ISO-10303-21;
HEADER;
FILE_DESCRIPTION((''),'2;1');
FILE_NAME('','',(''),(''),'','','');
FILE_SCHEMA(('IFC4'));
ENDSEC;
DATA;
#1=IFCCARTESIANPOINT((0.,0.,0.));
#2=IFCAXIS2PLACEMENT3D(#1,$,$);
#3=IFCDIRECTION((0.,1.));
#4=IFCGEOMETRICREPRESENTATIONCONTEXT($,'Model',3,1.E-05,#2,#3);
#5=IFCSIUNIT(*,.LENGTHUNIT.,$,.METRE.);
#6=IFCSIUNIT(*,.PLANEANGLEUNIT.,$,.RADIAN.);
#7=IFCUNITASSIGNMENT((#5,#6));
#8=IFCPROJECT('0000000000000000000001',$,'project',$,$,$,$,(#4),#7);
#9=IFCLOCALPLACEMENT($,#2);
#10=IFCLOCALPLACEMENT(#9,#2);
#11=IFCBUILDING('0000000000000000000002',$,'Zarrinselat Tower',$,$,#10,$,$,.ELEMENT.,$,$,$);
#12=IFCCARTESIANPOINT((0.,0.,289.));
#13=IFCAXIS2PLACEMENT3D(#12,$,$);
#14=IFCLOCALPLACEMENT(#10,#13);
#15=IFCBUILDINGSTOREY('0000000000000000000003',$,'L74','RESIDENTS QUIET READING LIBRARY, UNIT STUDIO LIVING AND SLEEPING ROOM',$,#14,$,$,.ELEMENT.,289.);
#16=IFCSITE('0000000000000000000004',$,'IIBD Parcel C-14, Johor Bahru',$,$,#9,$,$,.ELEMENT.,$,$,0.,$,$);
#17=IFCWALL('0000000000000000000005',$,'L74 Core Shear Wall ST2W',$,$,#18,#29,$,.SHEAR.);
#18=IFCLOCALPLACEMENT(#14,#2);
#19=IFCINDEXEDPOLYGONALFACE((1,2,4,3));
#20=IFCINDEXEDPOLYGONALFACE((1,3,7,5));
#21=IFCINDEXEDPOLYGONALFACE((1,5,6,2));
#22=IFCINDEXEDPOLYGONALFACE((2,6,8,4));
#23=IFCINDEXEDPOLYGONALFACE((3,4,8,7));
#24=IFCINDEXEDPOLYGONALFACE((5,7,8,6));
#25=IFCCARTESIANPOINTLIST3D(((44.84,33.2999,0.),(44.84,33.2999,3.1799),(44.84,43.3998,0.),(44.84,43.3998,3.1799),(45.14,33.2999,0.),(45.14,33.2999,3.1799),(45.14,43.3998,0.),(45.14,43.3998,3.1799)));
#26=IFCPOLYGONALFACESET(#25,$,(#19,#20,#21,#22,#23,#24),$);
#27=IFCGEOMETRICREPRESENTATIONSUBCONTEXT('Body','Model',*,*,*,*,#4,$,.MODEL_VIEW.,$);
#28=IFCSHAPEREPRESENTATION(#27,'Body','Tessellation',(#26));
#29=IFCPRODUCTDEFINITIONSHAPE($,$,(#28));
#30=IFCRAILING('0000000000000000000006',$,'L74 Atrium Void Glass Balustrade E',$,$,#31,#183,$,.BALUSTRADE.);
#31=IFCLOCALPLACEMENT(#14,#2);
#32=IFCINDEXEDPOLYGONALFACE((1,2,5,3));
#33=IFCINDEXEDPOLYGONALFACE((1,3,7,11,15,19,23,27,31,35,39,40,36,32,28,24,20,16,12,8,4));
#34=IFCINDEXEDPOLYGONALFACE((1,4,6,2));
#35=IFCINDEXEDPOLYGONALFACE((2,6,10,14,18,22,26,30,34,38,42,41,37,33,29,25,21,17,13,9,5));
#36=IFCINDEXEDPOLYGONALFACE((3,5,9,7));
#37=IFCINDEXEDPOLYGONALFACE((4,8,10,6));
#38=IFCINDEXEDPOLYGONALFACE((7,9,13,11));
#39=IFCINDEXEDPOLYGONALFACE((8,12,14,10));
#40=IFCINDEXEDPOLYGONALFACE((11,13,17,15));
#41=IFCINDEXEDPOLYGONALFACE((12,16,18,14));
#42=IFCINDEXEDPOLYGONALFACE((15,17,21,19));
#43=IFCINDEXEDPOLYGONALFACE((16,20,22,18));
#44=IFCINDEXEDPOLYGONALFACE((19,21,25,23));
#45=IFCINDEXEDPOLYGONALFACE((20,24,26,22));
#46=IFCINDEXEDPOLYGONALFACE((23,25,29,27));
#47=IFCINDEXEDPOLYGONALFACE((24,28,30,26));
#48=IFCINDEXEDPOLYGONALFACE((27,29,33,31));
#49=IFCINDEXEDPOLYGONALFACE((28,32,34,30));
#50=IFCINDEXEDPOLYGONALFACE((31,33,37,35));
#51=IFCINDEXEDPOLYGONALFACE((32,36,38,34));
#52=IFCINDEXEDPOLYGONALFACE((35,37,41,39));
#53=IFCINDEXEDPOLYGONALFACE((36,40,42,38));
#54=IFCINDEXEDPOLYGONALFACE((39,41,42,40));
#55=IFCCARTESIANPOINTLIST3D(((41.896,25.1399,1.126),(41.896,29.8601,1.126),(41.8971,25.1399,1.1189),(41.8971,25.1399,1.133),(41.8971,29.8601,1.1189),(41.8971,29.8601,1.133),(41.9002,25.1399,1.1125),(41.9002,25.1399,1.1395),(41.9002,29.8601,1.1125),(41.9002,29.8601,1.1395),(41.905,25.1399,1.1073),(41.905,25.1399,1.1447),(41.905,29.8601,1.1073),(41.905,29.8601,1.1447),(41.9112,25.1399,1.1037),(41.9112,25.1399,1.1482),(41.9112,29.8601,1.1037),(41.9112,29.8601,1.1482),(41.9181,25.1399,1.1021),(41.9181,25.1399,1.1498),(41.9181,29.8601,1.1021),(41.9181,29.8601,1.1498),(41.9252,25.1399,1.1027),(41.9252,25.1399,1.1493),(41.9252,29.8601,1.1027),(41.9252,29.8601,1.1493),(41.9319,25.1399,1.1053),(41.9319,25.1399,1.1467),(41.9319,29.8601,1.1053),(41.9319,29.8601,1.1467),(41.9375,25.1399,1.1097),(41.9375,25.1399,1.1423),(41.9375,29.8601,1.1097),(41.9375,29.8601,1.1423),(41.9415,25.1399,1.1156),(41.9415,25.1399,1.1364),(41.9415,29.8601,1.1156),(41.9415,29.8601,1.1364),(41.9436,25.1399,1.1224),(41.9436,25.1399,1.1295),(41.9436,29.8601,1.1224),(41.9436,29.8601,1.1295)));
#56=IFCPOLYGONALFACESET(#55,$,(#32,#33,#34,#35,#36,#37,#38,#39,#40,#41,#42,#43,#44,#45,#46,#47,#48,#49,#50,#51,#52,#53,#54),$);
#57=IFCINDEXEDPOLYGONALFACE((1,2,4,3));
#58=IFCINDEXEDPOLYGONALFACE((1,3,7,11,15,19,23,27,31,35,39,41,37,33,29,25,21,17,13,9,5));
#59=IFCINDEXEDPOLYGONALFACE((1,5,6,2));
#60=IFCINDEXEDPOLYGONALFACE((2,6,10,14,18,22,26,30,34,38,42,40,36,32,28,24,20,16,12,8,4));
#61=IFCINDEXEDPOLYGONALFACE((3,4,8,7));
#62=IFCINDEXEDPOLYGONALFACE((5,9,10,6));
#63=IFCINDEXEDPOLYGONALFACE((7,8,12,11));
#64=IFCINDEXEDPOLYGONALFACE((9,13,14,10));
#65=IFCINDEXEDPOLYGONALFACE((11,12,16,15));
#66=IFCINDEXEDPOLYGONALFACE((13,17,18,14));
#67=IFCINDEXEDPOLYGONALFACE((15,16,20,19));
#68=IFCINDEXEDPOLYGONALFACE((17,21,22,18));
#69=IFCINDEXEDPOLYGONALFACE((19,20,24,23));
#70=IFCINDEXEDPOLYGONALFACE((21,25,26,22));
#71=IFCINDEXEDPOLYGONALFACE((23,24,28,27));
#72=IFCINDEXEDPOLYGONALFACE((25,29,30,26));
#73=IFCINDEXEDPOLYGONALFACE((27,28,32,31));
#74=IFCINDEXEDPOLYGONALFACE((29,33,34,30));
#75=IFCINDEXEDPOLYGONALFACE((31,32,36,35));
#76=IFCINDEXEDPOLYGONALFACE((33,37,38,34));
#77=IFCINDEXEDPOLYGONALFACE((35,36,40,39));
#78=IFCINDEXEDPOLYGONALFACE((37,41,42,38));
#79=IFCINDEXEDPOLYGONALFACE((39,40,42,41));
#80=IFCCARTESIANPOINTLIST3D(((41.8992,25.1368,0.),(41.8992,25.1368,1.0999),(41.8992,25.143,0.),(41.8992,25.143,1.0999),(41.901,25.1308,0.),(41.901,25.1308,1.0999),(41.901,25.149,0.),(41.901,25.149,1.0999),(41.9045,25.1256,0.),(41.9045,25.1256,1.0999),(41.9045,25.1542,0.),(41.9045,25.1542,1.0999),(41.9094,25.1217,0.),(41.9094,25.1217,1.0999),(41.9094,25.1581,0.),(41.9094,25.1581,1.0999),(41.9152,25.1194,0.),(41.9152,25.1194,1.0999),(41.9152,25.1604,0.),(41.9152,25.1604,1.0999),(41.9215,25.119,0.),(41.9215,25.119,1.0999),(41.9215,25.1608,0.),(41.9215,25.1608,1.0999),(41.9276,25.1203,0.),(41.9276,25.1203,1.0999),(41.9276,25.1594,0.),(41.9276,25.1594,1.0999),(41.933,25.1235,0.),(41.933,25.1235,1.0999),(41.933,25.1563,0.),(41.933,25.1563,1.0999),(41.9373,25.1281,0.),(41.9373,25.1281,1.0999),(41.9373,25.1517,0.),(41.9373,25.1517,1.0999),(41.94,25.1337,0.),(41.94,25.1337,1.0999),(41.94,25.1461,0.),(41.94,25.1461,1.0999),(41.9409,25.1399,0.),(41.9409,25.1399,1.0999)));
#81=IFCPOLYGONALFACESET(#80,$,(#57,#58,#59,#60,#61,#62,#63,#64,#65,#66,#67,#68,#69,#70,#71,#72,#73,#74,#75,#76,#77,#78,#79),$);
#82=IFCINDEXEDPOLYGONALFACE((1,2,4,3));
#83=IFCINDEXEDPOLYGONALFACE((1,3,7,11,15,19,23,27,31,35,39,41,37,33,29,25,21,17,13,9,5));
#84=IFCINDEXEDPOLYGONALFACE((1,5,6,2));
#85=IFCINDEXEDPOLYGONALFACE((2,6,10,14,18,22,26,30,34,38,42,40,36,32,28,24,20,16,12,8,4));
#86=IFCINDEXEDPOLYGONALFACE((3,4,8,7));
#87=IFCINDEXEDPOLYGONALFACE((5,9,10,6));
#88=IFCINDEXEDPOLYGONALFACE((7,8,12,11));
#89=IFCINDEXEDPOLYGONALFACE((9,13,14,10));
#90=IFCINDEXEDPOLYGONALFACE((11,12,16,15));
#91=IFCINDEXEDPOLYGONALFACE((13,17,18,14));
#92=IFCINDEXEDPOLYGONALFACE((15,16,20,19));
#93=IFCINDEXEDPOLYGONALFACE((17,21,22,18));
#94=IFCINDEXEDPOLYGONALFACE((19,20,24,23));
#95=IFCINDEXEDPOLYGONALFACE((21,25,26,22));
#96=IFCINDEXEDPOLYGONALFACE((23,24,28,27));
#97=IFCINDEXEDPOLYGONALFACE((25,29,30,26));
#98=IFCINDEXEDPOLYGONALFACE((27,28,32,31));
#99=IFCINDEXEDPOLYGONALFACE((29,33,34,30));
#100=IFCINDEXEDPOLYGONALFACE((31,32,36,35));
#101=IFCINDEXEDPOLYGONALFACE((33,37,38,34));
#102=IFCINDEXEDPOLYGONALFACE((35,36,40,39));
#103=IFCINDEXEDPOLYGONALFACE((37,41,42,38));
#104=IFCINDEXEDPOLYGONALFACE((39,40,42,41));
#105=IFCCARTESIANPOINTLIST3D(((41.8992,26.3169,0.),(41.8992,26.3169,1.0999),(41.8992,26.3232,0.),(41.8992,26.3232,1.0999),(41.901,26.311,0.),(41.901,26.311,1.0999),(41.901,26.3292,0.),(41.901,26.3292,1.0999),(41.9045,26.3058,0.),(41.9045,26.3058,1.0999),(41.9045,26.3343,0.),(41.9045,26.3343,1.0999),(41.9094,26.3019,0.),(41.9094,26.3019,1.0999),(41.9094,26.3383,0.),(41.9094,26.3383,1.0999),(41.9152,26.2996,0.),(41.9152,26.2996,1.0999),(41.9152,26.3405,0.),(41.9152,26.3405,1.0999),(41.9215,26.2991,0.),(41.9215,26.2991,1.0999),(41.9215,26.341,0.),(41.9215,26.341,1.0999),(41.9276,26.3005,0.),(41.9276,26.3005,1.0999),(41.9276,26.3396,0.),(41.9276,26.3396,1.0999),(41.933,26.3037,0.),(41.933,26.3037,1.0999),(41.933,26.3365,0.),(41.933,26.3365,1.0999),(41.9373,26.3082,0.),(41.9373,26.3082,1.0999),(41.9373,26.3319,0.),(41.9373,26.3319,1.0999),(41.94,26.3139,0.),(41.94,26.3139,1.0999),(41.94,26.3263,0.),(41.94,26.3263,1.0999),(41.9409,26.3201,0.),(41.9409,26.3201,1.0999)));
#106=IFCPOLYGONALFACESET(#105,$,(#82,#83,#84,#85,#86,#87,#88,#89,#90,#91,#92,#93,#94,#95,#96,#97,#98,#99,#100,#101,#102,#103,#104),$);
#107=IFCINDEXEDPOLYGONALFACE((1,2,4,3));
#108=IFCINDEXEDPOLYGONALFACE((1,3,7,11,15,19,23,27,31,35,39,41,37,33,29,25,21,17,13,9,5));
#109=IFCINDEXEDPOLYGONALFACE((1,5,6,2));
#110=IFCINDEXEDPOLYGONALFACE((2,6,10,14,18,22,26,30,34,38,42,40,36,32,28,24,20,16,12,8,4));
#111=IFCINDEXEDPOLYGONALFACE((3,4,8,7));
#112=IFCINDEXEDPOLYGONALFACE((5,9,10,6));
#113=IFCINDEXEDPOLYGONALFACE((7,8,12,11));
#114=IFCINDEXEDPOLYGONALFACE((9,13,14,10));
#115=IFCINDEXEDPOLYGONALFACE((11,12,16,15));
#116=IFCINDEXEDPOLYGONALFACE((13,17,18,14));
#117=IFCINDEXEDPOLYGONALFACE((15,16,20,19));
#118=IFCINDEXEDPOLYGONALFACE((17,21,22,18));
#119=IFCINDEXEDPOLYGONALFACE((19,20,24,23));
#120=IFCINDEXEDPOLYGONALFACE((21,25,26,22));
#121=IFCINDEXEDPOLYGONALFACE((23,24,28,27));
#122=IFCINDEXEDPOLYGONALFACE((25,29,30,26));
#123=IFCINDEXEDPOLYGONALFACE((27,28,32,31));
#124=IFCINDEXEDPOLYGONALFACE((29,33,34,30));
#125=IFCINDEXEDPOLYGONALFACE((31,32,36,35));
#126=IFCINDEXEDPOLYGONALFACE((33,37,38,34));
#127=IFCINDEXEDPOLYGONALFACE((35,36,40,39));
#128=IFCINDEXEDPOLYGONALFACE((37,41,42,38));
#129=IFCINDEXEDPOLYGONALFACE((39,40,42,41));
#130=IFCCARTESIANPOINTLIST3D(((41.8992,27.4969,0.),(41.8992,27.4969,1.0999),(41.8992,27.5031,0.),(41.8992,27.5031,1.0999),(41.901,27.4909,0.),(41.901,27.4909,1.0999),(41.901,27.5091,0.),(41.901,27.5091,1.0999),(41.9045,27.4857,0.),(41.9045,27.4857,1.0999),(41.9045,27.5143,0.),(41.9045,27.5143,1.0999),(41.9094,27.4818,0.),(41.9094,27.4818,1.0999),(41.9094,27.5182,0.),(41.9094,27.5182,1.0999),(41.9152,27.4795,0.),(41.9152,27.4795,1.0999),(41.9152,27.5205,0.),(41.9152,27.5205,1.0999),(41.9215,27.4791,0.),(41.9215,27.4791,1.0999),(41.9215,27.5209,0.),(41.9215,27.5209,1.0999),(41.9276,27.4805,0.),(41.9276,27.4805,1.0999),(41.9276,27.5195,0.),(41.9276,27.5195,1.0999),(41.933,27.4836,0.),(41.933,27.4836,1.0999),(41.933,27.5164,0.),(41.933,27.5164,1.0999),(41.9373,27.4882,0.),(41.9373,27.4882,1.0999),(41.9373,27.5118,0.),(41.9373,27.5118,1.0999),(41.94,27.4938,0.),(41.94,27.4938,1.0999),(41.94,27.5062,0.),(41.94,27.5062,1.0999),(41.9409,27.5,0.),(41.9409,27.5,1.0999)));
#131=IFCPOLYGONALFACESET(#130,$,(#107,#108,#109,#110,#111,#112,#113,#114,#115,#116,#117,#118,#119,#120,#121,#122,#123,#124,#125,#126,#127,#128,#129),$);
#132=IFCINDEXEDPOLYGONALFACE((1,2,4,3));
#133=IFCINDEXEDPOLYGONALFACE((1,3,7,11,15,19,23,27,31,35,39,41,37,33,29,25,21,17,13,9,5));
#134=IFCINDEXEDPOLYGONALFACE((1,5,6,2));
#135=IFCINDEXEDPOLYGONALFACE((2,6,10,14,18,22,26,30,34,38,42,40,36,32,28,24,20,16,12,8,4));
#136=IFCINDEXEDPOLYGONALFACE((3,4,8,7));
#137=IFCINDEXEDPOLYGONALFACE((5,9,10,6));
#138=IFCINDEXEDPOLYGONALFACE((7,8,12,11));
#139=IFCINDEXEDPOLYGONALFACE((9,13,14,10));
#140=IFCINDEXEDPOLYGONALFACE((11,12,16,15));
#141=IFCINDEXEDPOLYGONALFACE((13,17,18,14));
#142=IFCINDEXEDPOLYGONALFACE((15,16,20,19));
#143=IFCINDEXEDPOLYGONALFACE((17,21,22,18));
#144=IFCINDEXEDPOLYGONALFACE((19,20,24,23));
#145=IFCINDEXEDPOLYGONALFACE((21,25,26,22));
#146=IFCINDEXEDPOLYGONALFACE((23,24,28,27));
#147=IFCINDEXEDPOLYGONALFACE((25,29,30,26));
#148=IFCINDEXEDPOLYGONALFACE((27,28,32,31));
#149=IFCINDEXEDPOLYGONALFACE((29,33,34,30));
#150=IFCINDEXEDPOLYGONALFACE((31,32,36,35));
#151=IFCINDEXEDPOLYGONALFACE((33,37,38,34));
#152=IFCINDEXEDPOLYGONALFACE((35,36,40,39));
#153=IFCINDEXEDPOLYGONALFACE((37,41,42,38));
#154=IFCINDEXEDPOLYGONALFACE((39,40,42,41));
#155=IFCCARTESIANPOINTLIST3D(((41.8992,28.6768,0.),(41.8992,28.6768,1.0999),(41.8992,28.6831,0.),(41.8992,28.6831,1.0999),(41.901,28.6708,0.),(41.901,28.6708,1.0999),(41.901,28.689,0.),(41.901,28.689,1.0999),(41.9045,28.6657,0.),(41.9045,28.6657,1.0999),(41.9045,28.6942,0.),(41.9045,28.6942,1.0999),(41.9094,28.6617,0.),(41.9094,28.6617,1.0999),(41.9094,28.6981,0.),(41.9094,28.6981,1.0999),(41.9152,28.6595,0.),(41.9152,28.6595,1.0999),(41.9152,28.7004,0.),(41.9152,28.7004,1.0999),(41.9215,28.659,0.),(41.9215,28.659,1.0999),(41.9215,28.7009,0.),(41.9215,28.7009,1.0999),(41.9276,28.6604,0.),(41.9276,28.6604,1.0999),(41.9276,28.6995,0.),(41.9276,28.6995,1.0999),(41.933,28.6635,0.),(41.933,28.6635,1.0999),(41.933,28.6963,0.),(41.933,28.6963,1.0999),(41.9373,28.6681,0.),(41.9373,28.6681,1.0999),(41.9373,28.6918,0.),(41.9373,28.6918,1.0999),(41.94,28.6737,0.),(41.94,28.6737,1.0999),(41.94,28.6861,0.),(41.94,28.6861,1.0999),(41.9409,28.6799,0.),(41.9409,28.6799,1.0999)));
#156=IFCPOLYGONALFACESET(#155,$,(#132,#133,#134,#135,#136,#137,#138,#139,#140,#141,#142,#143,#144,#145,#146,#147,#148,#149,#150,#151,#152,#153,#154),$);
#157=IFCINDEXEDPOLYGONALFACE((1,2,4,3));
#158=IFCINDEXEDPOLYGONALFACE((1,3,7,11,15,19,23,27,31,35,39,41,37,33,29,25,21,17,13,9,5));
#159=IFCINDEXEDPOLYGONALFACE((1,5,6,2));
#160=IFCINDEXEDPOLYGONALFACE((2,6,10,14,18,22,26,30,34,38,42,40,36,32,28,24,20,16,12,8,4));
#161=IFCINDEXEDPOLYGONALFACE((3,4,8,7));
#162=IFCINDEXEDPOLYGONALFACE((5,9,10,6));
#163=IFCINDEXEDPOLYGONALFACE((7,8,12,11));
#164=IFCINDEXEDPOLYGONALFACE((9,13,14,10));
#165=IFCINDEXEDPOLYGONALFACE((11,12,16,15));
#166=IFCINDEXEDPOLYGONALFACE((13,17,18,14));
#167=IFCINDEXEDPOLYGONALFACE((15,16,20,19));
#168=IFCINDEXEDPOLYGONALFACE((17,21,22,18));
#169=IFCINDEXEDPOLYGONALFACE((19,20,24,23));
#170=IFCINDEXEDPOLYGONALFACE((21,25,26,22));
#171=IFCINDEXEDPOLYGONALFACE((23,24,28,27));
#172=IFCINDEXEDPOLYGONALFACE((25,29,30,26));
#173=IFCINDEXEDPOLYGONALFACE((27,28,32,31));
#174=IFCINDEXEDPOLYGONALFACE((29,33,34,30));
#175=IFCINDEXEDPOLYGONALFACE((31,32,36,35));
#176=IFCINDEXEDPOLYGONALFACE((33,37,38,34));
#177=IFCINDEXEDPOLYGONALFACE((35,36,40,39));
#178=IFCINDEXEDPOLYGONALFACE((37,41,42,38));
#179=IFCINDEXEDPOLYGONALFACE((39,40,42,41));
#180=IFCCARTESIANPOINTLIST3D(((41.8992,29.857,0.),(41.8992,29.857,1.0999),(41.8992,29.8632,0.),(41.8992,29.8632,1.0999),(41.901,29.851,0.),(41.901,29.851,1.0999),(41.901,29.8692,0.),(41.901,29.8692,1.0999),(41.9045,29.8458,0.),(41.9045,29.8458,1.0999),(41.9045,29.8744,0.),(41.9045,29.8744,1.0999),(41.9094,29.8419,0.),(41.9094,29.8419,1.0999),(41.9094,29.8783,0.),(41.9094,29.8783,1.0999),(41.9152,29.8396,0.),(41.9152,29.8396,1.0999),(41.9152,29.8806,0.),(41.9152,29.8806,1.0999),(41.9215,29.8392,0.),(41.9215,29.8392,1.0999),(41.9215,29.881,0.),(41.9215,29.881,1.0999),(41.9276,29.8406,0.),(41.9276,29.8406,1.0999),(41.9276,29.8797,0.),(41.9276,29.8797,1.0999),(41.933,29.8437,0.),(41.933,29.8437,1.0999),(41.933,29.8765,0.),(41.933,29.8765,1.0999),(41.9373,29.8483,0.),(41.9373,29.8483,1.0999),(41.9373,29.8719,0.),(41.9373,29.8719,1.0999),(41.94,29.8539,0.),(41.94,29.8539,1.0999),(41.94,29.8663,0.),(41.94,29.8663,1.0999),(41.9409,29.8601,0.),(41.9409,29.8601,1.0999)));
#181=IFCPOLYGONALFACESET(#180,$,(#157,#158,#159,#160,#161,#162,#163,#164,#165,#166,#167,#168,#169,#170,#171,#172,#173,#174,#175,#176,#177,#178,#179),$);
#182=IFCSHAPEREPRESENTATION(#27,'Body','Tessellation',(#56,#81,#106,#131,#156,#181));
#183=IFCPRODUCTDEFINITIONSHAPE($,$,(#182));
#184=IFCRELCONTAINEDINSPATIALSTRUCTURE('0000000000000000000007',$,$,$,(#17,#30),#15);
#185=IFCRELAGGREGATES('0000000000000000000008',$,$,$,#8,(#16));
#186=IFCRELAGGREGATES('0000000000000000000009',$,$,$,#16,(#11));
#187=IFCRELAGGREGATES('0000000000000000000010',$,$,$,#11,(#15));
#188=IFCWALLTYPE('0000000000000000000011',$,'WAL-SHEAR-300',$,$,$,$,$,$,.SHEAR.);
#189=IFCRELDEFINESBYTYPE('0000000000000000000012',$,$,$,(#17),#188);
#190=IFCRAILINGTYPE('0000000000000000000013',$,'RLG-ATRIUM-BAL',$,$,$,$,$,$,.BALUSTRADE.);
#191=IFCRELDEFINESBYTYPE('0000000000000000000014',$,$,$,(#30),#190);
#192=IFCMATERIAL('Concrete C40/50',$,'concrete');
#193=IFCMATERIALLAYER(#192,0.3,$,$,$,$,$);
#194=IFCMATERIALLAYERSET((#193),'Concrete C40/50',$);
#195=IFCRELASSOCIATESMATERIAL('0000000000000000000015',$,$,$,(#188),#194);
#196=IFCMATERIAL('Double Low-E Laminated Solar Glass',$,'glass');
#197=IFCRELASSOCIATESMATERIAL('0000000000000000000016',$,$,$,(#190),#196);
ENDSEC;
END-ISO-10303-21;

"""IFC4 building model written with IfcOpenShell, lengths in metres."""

from ifc_helpers import new_model, si_unit, direction, frame, frame_2d, origin, origin_2d, place, context, subcontext, project, spatial, rectangle, circle, extrude, material, layer, layer_set, type_object, element, save


model = new_model("IFC4")

# Units and contexts
model_context = context("Model", 3, precision=1e-05, world=origin(), true_north=direction((0.0, 1.0)))
body_context = subcontext(model_context, "Body", "Model", "MODEL_VIEW")
ifc_project = project(units=[si_unit("LENGTHUNIT", "METRE"), si_unit("PLANEANGLEUNIT", "RADIAN")], contexts=[model_context])

# Site, building, storey
site_placement = place(None, origin())
site = spatial("IfcSite", under=ifc_project, at=site_placement, Name="IIBD Parcel C-14, Johor Bahru", CompositionType="ELEMENT", RefElevation=0.0)
building_placement = place(site_placement, origin())
building = spatial("IfcBuilding", under=site, at=building_placement, Name="Zarrinselat Tower", CompositionType="ELEMENT")
storey_placement = place(building_placement, frame((0.0, 0.0, 289.0)))
storey = spatial("IfcBuildingStorey", under=building, at=storey_placement, Name="L74", Description="RESIDENTS QUIET READING LIBRARY, UNIT STUDIO LIVING AND SLEEPING ROOM", CompositionType="ELEMENT", Elevation=289.0)

# Wall
ifc_material_1 = material(Name="Concrete C40/50", Category="concrete")
ifc_layer_1 = layer(ifc_material_1, 0.3)
ifc_layer_set_1 = layer_set([ifc_layer_1], Name="Concrete C40/50")
wall_type_1 = type_object("IfcWallType", Name="WAL-SHEAR-300", PredefinedType="SHEAR", material=ifc_layer_set_1)
wall_1_placement = place(storey_placement, frame((44.99, 33.3, 0.0), z_axis=(0.0, 0.0, 1.0), x_axis=(0.0, 1.0, 0.0)))
element("IfcWall", 1, at=wall_1_placement, inside=storey, type_object=wall_type_1, Name="L74 Core Shear Wall ST2W", PredefinedType="SHEAR", context=body_context, shape_type="SweptSolid", body=[
    extrude(rectangle(XDim=10.0999, YDim=0.3, at=frame_2d((5.0498, 0.0))), origin(), (0.0, 0.0, 1.0), 3.1799),
])

# Railing
ifc_material_2 = material(Name="Double Low-E Laminated Solar Glass", Category="glass")
railing_type = type_object("IfcRailingType", Name="RLG-ATRIUM-BAL", PredefinedType="BALUSTRADE", material=ifc_material_2)
railing_1_placement = place(storey_placement, frame((41.9199, 25.1399, 0.0)))
element("IfcRailing", 2, at=railing_1_placement, inside=storey, type_object=railing_type, Name="L74 Atrium Void Glass Balustrade E", PredefinedType="BALUSTRADE", context=body_context, shape_type="SweptSolid", body=[
    extrude(circle(Radius=0.0239, at=origin_2d()), frame((0.0, 0.0, 1.126), z_axis=(0.0, 1.0, 0.0), x_axis=(-1.0, 0.0, 0.0)), (0.0, 0.0, 1.0), 4.7202),
    extrude(circle(Radius=0.021, at=origin_2d()), origin(), (0.0, 0.0, 1.0), 1.0999),
    extrude(circle(Radius=0.021, at=origin_2d()), frame((0.0, 1.1802, 0.0)), (0.0, 0.0, 1.0), 1.0999),
    extrude(circle(Radius=0.021, at=origin_2d()), frame((0.0, 2.3601, 0.0)), (0.0, 0.0, 1.0), 1.0999),
    extrude(circle(Radius=0.021, at=origin_2d()), frame((0.0, 3.54, 0.0)), (0.0, 0.0, 1.0), 1.0999),
    extrude(circle(Radius=0.021, at=origin_2d()), frame((0.0, 4.7202, 0.0)), (0.0, 0.0, 1.0), 1.0999),
])

save(model, "model.ifc")
